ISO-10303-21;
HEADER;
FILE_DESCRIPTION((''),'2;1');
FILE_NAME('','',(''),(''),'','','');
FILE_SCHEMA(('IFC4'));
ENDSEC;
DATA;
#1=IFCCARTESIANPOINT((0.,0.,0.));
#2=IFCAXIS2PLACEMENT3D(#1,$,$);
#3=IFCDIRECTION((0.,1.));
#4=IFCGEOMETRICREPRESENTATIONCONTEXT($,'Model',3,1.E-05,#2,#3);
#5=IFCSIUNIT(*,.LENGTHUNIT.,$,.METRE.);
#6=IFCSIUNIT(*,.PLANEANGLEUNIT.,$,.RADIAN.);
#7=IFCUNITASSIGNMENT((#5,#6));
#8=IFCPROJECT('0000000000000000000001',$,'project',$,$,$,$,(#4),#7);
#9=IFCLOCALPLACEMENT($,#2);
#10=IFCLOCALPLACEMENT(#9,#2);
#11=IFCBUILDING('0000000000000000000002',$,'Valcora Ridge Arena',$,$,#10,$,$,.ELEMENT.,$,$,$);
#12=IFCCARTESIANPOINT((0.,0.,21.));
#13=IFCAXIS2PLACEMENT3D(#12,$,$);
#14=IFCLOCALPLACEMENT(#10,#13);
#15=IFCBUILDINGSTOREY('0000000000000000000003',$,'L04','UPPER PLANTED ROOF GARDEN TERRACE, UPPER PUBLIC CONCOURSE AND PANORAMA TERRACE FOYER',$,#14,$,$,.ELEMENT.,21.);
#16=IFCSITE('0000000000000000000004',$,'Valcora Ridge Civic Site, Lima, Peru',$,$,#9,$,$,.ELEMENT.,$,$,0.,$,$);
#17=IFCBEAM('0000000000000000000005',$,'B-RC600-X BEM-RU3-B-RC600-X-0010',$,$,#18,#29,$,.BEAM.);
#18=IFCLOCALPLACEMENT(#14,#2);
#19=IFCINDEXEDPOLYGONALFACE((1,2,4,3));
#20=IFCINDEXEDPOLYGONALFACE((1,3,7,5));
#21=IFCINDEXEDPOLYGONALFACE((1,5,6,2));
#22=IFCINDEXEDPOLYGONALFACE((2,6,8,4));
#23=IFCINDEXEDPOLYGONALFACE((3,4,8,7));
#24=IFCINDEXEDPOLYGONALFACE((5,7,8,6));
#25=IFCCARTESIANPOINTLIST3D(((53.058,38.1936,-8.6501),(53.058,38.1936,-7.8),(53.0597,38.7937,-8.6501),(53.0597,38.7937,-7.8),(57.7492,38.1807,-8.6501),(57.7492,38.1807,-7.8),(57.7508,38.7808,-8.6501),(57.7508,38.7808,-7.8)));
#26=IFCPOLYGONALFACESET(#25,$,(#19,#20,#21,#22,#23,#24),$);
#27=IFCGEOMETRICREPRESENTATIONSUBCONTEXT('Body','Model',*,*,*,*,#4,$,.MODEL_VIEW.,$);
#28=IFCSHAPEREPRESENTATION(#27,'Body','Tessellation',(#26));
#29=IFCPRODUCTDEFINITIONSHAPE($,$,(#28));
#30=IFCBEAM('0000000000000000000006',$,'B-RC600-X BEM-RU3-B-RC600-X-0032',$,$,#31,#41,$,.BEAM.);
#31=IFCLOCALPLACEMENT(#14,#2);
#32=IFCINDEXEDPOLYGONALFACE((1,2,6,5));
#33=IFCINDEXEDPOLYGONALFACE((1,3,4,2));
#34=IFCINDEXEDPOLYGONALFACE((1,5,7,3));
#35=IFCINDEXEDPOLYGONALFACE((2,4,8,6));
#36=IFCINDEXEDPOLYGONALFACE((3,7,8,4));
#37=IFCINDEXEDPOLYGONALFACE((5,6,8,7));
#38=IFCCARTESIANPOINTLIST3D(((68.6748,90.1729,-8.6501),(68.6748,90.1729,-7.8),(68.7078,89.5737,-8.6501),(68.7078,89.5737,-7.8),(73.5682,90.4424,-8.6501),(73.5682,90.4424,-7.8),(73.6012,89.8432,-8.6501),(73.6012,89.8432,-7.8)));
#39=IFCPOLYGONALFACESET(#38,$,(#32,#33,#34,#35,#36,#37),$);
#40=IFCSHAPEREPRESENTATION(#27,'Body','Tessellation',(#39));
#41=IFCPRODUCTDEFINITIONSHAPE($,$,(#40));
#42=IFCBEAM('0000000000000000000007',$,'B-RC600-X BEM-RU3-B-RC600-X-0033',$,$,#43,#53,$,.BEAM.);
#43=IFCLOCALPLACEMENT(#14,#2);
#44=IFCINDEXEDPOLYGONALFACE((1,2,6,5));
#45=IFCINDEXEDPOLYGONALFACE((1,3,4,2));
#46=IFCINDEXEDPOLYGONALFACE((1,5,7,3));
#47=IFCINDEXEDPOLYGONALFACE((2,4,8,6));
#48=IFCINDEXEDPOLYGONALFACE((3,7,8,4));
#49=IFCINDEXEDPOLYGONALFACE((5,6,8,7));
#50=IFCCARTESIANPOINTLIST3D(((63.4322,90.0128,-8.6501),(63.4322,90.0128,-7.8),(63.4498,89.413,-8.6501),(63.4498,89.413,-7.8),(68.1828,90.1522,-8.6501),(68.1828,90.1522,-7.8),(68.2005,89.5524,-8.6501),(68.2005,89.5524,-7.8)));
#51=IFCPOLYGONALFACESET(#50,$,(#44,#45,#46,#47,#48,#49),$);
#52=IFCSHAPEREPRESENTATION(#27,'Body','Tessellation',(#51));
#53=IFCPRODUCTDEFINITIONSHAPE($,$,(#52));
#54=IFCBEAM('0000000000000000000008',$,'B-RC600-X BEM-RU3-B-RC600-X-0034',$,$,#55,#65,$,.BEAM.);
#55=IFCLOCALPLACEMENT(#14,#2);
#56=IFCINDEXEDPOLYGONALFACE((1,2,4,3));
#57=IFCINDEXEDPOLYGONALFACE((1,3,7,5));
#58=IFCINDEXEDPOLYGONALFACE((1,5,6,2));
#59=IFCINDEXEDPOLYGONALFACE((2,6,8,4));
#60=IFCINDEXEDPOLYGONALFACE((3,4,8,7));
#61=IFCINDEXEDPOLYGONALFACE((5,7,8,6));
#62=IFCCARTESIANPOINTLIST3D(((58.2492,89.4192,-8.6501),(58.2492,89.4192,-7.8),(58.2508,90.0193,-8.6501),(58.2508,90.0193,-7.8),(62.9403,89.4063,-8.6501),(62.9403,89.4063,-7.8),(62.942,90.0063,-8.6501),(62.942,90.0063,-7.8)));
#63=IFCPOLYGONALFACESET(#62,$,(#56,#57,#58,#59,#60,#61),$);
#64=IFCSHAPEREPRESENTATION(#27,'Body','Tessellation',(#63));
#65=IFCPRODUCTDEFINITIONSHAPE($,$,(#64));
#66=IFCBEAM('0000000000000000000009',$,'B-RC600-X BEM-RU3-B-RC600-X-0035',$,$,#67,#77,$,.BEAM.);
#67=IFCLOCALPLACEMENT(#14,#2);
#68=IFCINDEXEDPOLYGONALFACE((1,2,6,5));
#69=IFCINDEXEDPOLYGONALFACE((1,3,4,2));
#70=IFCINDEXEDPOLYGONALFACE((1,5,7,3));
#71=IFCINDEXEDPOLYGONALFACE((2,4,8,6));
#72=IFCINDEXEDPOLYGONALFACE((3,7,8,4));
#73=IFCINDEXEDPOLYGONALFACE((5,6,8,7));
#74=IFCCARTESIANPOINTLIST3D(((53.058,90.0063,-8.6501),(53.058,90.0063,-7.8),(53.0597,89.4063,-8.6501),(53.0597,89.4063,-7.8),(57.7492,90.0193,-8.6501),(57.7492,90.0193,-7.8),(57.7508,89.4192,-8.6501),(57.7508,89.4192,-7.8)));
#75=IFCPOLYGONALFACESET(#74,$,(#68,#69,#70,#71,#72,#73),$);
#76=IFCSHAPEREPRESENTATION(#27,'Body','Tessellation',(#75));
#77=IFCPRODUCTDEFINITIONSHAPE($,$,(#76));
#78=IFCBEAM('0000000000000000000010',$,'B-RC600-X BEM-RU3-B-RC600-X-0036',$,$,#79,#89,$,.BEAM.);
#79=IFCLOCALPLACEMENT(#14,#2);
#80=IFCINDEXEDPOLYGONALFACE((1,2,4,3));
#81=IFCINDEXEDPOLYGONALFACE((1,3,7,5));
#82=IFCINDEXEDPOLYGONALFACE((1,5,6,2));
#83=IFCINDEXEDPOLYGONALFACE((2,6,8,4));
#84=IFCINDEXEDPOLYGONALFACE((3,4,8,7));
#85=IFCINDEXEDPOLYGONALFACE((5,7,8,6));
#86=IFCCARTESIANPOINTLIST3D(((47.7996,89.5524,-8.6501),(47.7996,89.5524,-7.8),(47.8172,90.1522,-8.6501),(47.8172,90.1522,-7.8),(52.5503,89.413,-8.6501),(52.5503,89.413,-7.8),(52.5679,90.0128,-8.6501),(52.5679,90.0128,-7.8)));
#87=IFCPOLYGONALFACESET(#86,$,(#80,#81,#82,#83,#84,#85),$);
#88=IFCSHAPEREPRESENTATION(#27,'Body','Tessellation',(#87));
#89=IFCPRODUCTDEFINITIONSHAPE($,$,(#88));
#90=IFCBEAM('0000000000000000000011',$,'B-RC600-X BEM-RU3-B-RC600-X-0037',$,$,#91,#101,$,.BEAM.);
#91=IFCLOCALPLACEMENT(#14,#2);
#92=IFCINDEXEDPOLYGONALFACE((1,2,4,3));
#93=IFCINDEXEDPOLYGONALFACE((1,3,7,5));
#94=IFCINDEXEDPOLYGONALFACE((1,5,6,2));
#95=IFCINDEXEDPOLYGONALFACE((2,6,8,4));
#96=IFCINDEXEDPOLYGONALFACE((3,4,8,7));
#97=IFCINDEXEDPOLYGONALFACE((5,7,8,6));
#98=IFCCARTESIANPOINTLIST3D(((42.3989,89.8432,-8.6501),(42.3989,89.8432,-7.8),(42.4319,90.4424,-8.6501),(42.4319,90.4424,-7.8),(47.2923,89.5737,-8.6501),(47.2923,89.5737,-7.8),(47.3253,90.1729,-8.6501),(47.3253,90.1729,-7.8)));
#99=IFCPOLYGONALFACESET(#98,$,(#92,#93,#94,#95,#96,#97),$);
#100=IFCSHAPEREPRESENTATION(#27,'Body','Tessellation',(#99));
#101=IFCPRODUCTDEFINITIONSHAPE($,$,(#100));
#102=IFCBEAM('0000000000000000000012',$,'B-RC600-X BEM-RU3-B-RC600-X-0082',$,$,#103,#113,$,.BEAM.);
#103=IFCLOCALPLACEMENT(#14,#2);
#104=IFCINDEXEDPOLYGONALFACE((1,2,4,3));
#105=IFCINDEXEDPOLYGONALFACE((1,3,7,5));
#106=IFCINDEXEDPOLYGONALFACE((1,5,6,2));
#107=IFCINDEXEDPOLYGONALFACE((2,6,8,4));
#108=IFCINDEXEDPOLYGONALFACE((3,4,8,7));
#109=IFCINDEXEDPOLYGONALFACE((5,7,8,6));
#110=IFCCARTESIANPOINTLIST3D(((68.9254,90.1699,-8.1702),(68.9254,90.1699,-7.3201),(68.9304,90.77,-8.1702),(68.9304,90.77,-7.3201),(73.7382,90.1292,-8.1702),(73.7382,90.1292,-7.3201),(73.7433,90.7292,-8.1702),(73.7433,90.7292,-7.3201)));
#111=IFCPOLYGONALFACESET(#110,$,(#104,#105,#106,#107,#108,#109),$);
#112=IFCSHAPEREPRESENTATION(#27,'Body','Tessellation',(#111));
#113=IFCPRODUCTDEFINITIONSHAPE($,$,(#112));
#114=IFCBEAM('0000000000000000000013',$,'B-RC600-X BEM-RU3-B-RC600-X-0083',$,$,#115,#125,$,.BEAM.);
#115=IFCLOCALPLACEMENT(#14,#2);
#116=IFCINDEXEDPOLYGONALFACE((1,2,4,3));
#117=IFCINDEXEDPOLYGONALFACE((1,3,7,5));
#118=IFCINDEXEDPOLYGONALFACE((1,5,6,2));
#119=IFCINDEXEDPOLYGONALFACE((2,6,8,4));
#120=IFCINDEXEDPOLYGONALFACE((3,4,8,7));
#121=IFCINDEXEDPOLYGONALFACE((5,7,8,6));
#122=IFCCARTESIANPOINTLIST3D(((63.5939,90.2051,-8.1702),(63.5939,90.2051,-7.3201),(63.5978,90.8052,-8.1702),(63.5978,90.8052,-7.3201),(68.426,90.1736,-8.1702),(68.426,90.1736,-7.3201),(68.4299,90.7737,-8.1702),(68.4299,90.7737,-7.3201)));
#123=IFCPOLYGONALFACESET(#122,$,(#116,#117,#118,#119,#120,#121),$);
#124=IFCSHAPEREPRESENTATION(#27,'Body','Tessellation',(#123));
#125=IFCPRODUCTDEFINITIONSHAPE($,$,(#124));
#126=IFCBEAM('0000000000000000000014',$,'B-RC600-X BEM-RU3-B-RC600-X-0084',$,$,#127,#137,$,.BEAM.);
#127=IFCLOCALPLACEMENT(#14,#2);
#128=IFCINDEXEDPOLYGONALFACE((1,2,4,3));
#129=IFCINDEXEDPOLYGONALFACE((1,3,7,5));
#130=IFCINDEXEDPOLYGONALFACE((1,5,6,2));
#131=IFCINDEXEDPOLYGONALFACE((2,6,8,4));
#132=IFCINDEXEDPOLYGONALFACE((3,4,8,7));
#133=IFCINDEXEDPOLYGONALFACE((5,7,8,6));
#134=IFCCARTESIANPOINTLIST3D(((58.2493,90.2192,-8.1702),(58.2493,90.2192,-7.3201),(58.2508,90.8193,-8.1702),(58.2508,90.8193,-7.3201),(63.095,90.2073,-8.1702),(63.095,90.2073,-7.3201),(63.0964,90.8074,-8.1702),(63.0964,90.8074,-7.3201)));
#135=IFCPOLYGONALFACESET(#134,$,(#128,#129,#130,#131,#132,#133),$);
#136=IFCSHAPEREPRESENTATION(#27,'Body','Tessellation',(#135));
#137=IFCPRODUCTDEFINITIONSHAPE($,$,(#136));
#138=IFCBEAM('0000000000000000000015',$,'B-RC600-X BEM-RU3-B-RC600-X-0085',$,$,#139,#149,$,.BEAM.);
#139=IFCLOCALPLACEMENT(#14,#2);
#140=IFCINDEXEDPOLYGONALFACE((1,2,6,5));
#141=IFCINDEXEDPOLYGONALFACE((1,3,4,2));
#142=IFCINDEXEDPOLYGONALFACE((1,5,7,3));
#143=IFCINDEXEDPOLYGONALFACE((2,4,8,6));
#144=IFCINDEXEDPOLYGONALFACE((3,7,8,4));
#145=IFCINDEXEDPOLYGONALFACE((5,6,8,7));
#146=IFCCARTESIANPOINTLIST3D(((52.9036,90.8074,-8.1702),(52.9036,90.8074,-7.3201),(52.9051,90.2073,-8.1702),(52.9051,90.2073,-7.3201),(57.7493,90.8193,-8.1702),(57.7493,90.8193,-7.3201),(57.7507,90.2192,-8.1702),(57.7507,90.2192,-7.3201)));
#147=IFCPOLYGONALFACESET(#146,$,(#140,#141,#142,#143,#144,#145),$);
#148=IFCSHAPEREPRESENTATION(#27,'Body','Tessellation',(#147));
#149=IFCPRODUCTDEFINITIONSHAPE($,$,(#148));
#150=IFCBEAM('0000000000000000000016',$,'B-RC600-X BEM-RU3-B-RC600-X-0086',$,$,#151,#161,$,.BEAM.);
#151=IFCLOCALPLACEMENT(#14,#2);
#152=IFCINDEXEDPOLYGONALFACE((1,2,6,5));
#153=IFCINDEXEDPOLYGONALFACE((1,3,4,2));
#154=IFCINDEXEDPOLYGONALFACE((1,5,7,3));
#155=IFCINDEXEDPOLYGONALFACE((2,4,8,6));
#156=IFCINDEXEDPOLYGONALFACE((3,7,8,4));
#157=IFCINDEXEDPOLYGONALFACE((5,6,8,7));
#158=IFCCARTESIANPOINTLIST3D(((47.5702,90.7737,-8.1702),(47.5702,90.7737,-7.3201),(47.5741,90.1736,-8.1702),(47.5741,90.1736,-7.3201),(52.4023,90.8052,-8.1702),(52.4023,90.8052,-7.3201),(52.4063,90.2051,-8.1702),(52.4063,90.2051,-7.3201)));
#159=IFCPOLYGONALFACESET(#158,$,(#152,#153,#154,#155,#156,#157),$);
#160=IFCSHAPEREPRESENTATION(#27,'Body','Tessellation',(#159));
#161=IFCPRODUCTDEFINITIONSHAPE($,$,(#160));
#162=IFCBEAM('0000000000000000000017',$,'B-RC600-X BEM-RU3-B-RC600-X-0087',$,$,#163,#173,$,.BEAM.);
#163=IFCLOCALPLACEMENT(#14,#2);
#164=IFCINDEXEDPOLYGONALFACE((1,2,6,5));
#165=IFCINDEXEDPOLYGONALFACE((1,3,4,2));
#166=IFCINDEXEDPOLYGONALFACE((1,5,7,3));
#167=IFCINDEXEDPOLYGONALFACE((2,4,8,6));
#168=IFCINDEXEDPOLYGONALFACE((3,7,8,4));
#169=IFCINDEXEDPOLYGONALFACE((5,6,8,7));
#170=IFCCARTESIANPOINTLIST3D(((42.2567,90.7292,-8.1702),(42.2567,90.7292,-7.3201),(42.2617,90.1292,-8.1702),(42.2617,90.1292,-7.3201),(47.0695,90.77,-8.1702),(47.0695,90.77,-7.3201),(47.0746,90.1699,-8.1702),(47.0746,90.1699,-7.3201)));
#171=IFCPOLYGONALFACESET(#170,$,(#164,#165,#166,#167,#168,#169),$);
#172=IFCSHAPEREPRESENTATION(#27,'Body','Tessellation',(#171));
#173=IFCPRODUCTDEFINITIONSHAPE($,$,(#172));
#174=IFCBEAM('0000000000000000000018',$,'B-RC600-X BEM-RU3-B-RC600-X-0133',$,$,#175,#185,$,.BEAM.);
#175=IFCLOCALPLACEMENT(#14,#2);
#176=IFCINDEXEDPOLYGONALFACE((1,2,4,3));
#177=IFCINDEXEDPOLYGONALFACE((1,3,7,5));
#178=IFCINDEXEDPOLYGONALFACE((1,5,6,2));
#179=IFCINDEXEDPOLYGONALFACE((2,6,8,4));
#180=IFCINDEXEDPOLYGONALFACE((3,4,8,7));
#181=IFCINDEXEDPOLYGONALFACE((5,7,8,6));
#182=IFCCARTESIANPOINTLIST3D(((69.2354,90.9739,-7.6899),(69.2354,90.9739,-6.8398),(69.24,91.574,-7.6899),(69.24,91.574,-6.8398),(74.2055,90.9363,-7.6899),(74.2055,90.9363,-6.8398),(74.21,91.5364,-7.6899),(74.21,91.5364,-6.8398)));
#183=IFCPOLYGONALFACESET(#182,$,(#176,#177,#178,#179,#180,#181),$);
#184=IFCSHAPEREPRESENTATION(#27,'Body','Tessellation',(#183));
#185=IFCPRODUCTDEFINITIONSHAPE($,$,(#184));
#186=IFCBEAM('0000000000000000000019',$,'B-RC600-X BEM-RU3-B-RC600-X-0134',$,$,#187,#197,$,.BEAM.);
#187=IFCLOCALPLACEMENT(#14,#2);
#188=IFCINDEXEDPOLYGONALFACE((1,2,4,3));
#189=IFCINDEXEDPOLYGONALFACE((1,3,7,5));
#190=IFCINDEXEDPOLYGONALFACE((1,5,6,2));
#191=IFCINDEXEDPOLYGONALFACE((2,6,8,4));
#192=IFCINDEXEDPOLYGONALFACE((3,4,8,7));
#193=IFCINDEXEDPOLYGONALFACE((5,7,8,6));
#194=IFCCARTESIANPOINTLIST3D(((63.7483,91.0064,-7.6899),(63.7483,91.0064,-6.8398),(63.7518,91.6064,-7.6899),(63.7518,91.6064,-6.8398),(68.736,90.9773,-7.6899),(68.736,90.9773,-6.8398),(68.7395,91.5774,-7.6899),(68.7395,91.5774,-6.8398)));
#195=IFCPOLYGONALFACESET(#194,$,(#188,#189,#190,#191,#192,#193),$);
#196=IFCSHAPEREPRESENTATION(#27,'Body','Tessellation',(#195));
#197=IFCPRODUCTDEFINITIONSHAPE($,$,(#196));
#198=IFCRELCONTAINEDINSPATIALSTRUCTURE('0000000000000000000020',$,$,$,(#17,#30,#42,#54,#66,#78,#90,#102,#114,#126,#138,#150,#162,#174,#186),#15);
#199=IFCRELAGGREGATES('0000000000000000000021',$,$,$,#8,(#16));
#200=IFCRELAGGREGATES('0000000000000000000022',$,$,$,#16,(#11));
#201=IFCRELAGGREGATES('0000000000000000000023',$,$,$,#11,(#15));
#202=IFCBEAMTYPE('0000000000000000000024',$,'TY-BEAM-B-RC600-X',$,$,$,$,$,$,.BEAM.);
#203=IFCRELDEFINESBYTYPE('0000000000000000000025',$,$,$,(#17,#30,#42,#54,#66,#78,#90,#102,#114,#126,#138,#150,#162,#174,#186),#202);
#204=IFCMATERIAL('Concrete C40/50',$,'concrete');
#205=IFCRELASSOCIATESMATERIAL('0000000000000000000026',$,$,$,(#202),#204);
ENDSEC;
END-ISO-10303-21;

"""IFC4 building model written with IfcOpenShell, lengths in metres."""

from ifc_helpers import new_model, si_unit, direction, frame, origin, origin_2d, place, context, subcontext, project, spatial, rectangle, extrude, material, material_profile, profile_set, type_object, element, save


model = new_model("IFC4")

# Units and contexts
model_context = context("Model", 3, precision=1e-05, world=origin(), true_north=direction((0.0, 1.0)))
body_context = subcontext(model_context, "Body", "Model", "MODEL_VIEW")
ifc_project = project(units=[si_unit("LENGTHUNIT", "METRE"), si_unit("PLANEANGLEUNIT", "RADIAN")], contexts=[model_context])

# Site, building, storey
site_placement = place(None, origin())
site = spatial("IfcSite", under=ifc_project, at=site_placement, Name="Valcora Ridge Civic Site, Lima, Peru", CompositionType="ELEMENT", RefElevation=0.0)
building_placement = place(site_placement, origin())
building = spatial("IfcBuilding", under=site, at=building_placement, Name="Valcora Ridge Arena", CompositionType="ELEMENT")
storey_placement = place(building_placement, frame((0.0, 0.0, 21.0)))
storey = spatial("IfcBuildingStorey", under=building, at=storey_placement, Name="L04", Description="UPPER PLANTED ROOF GARDEN TERRACE, UPPER PUBLIC CONCOURSE AND PANORAMA TERRACE FOYER", CompositionType="ELEMENT", Elevation=21.0)

# Beams
ifc_material_1 = material(Name="Concrete C40/50", Category="concrete")
ifc_material_profile_1 = material_profile(ifc_material_1, rectangle(XDim=0.6001, YDim=0.8501, at=origin_2d()), Name="RC 600x850")
ifc_profile_set_1 = profile_set([ifc_material_profile_1], Name="Concrete C40/50")
beam_type_1 = type_object("IfcBeamType", Name="TY-BEAM-B-RC600-X", PredefinedType="BEAM", material=ifc_profile_set_1)
beam_1_placement = place(storey_placement, frame((53.0588, 38.4937, -8.2251), z_axis=(0.999996, -0.002758, 0.0), x_axis=(0.002758, 0.999996, 0.0)))
element("IfcBeam", 1, at=beam_1_placement, inside=storey, type_object=beam_type_1, Name="B-RC600-X BEM-RU3-B-RC600-X-0010", PredefinedType="BEAM", context=body_context, shape_type="SweptSolid", body=[
    extrude(rectangle(XDim=0.6001, YDim=0.8501, at=origin_2d()), origin(), (0.0, 0.0, 1.0), 4.6912),
])
beam_2_placement = place(storey_placement, frame((73.5847, 90.1428, -8.2251), z_axis=(-0.998487, -0.054995, 0.0), x_axis=(0.054995, -0.998487, 0.0)))
element("IfcBeam", 2, at=beam_2_placement, inside=storey, type_object=beam_type_1, Name="B-RC600-X BEM-RU3-B-RC600-X-0032", PredefinedType="BEAM", context=body_context, shape_type="SweptSolid", body=[
    extrude(rectangle(XDim=0.6001, YDim=0.8501, at=origin_2d()), origin(), (0.0, 0.0, 1.0), 4.9009),
])
beam_3_placement = place(storey_placement, frame((68.1917, 89.8523, -8.2251), z_axis=(-0.99957, -0.029331, 0.0), x_axis=(0.029331, -0.99957, 0.0)))
element("IfcBeam", 3, at=beam_3_placement, inside=storey, type_object=beam_type_1, Name="B-RC600-X BEM-RU3-B-RC600-X-0033", PredefinedType="BEAM", context=body_context, shape_type="SweptSolid", body=[
    extrude(rectangle(XDim=0.6001, YDim=0.8501, at=origin_2d()), origin(), (0.0, 0.0, 1.0), 4.7527),
])
for number, where, z_axis, x_axis, name in (
    (4, (62.9412, 89.7063, -8.2251), (-0.999996, 0.002758, 0.0), (-0.002758, -0.999996, 0.0), "B-RC600-X BEM-RU3-B-RC600-X-0034"),
    (5, (57.75, 89.7192, -8.2251), (-0.999996, -0.002758, 0.0), (0.002758, -0.999996, 0.0), "B-RC600-X BEM-RU3-B-RC600-X-0035"),
):
    element("IfcBeam", number, at=place(storey_placement, frame(where, z_axis=z_axis, x_axis=x_axis)), inside=storey, type_object=beam_type_1, Name=name, PredefinedType="BEAM", context=body_context, shape_type="SweptSolid", body=[
        extrude(rectangle(XDim=0.6001, YDim=0.8501, at=origin_2d()), origin(), (0.0, 0.0, 1.0), 4.6912),
    ])
beam_4_placement = place(storey_placement, frame((52.5591, 89.7129, -8.2251), z_axis=(-0.99957, 0.029331, 0.0), x_axis=(-0.029331, -0.99957, 0.0)))
element("IfcBeam", 6, at=beam_4_placement, inside=storey, type_object=beam_type_1, Name="B-RC600-X BEM-RU3-B-RC600-X-0036", PredefinedType="BEAM", context=body_context, shape_type="SweptSolid", body=[
    extrude(rectangle(XDim=0.6001, YDim=0.8501, at=origin_2d()), origin(), (0.0, 0.0, 1.0), 4.7527),
])
beam_5_placement = place(storey_placement, frame((47.3088, 89.8733, -8.2251), z_axis=(-0.998487, 0.054995, 0.0), x_axis=(-0.054995, -0.998487, 0.0)))
element("IfcBeam", 7, at=beam_5_placement, inside=storey, type_object=beam_type_1, Name="B-RC600-X BEM-RU3-B-RC600-X-0037", PredefinedType="BEAM", context=body_context, shape_type="SweptSolid", body=[
    extrude(rectangle(XDim=0.6001, YDim=0.8501, at=origin_2d()), origin(), (0.0, 0.0, 1.0), 4.9009),
])
beam_6_placement = place(storey_placement, frame((73.7407, 90.4292, -7.7451), z_axis=(-0.999964, 0.008471, 0.0), x_axis=(-0.008471, -0.999964, 0.0)))
element("IfcBeam", 8, at=beam_6_placement, inside=storey, type_object=beam_type_1, Name="B-RC600-X BEM-RU3-B-RC600-X-0082", PredefinedType="BEAM", context=body_context, shape_type="SweptSolid", body=[
    extrude(rectangle(XDim=0.6001, YDim=0.8501, at=origin_2d()), origin(), (0.0, 0.0, 1.0), 4.813),
])
beam_7_placement = place(storey_placement, frame((68.428, 90.4736, -7.7451), z_axis=(-0.999979, 0.006517, 0.0), x_axis=(-0.006517, -0.999979, 0.0)))
element("IfcBeam", 9, at=beam_7_placement, inside=storey, type_object=beam_type_1, Name="B-RC600-X BEM-RU3-B-RC600-X-0083", PredefinedType="BEAM", context=body_context, shape_type="SweptSolid", body=[
    extrude(rectangle(XDim=0.6001, YDim=0.8501, at=origin_2d()), origin(), (0.0, 0.0, 1.0), 4.8323),
])
for number, where, z_axis, x_axis, name in (
    (10, (63.0957, 90.5073, -7.7451), (-0.999997, 0.002469, 0.0), (-0.002469, -0.999997, 0.0), "B-RC600-X BEM-RU3-B-RC600-X-0084"),
    (11, (57.75, 90.5193, -7.7451), (-0.999997, -0.002469, 0.0), (0.002469, -0.999997, 0.0), "B-RC600-X BEM-RU3-B-RC600-X-0085"),
):
    element("IfcBeam", number, at=place(storey_placement, frame(where, z_axis=z_axis, x_axis=x_axis)), inside=storey, type_object=beam_type_1, Name=name, PredefinedType="BEAM", context=body_context, shape_type="SweptSolid", body=[
        extrude(rectangle(XDim=0.6001, YDim=0.8501, at=origin_2d()), origin(), (0.0, 0.0, 1.0), 4.8457),
    ])
beam_8_placement = place(storey_placement, frame((52.4043, 90.5051, -7.7451), z_axis=(-0.999979, -0.006517, 0.0), x_axis=(0.006517, -0.999979, 0.0)))
element("IfcBeam", 12, at=beam_8_placement, inside=storey, type_object=beam_type_1, Name="B-RC600-X BEM-RU3-B-RC600-X-0086", PredefinedType="BEAM", context=body_context, shape_type="SweptSolid", body=[
    extrude(rectangle(XDim=0.6001, YDim=0.8501, at=origin_2d()), origin(), (0.0, 0.0, 1.0), 4.8323),
])
beam_9_placement = place(storey_placement, frame((47.072, 90.47, -7.7451), z_axis=(-0.999964, -0.008471, 0.0), x_axis=(0.008471, -0.999964, 0.0)))
element("IfcBeam", 13, at=beam_9_placement, inside=storey, type_object=beam_type_1, Name="B-RC600-X BEM-RU3-B-RC600-X-0087", PredefinedType="BEAM", context=body_context, shape_type="SweptSolid", body=[
    extrude(rectangle(XDim=0.6001, YDim=0.8501, at=origin_2d()), origin(), (0.0, 0.0, 1.0), 4.813),
])
beam_10_placement = place(storey_placement, frame((74.2078, 91.2363, -7.2649), z_axis=(-0.999971, 0.007565, 0.0), x_axis=(-0.007565, -0.999971, 0.0)))
element("IfcBeam", 14, at=beam_10_placement, inside=storey, type_object=beam_type_1, Name="B-RC600-X BEM-RU3-B-RC600-X-0133", PredefinedType="BEAM", context=body_context, shape_type="SweptSolid", body=[
    extrude(rectangle(XDim=0.6001, YDim=0.8501, at=origin_2d()), origin(), (0.0, 0.0, 1.0), 4.9702),
])
beam_11_placement = place(storey_placement, frame((68.7378, 91.2773, -7.2649), z_axis=(-0.999983, 0.005825, 0.0), x_axis=(-0.005825, -0.999983, 0.0)))
element("IfcBeam", 15, at=beam_11_placement, inside=storey, type_object=beam_type_1, Name="B-RC600-X BEM-RU3-B-RC600-X-0134", PredefinedType="BEAM", context=body_context, shape_type="SweptSolid", body=[
    extrude(rectangle(XDim=0.6001, YDim=0.8501, at=origin_2d()), origin(), (0.0, 0.0, 1.0), 4.9878),
])

save(model, "model.ifc")
